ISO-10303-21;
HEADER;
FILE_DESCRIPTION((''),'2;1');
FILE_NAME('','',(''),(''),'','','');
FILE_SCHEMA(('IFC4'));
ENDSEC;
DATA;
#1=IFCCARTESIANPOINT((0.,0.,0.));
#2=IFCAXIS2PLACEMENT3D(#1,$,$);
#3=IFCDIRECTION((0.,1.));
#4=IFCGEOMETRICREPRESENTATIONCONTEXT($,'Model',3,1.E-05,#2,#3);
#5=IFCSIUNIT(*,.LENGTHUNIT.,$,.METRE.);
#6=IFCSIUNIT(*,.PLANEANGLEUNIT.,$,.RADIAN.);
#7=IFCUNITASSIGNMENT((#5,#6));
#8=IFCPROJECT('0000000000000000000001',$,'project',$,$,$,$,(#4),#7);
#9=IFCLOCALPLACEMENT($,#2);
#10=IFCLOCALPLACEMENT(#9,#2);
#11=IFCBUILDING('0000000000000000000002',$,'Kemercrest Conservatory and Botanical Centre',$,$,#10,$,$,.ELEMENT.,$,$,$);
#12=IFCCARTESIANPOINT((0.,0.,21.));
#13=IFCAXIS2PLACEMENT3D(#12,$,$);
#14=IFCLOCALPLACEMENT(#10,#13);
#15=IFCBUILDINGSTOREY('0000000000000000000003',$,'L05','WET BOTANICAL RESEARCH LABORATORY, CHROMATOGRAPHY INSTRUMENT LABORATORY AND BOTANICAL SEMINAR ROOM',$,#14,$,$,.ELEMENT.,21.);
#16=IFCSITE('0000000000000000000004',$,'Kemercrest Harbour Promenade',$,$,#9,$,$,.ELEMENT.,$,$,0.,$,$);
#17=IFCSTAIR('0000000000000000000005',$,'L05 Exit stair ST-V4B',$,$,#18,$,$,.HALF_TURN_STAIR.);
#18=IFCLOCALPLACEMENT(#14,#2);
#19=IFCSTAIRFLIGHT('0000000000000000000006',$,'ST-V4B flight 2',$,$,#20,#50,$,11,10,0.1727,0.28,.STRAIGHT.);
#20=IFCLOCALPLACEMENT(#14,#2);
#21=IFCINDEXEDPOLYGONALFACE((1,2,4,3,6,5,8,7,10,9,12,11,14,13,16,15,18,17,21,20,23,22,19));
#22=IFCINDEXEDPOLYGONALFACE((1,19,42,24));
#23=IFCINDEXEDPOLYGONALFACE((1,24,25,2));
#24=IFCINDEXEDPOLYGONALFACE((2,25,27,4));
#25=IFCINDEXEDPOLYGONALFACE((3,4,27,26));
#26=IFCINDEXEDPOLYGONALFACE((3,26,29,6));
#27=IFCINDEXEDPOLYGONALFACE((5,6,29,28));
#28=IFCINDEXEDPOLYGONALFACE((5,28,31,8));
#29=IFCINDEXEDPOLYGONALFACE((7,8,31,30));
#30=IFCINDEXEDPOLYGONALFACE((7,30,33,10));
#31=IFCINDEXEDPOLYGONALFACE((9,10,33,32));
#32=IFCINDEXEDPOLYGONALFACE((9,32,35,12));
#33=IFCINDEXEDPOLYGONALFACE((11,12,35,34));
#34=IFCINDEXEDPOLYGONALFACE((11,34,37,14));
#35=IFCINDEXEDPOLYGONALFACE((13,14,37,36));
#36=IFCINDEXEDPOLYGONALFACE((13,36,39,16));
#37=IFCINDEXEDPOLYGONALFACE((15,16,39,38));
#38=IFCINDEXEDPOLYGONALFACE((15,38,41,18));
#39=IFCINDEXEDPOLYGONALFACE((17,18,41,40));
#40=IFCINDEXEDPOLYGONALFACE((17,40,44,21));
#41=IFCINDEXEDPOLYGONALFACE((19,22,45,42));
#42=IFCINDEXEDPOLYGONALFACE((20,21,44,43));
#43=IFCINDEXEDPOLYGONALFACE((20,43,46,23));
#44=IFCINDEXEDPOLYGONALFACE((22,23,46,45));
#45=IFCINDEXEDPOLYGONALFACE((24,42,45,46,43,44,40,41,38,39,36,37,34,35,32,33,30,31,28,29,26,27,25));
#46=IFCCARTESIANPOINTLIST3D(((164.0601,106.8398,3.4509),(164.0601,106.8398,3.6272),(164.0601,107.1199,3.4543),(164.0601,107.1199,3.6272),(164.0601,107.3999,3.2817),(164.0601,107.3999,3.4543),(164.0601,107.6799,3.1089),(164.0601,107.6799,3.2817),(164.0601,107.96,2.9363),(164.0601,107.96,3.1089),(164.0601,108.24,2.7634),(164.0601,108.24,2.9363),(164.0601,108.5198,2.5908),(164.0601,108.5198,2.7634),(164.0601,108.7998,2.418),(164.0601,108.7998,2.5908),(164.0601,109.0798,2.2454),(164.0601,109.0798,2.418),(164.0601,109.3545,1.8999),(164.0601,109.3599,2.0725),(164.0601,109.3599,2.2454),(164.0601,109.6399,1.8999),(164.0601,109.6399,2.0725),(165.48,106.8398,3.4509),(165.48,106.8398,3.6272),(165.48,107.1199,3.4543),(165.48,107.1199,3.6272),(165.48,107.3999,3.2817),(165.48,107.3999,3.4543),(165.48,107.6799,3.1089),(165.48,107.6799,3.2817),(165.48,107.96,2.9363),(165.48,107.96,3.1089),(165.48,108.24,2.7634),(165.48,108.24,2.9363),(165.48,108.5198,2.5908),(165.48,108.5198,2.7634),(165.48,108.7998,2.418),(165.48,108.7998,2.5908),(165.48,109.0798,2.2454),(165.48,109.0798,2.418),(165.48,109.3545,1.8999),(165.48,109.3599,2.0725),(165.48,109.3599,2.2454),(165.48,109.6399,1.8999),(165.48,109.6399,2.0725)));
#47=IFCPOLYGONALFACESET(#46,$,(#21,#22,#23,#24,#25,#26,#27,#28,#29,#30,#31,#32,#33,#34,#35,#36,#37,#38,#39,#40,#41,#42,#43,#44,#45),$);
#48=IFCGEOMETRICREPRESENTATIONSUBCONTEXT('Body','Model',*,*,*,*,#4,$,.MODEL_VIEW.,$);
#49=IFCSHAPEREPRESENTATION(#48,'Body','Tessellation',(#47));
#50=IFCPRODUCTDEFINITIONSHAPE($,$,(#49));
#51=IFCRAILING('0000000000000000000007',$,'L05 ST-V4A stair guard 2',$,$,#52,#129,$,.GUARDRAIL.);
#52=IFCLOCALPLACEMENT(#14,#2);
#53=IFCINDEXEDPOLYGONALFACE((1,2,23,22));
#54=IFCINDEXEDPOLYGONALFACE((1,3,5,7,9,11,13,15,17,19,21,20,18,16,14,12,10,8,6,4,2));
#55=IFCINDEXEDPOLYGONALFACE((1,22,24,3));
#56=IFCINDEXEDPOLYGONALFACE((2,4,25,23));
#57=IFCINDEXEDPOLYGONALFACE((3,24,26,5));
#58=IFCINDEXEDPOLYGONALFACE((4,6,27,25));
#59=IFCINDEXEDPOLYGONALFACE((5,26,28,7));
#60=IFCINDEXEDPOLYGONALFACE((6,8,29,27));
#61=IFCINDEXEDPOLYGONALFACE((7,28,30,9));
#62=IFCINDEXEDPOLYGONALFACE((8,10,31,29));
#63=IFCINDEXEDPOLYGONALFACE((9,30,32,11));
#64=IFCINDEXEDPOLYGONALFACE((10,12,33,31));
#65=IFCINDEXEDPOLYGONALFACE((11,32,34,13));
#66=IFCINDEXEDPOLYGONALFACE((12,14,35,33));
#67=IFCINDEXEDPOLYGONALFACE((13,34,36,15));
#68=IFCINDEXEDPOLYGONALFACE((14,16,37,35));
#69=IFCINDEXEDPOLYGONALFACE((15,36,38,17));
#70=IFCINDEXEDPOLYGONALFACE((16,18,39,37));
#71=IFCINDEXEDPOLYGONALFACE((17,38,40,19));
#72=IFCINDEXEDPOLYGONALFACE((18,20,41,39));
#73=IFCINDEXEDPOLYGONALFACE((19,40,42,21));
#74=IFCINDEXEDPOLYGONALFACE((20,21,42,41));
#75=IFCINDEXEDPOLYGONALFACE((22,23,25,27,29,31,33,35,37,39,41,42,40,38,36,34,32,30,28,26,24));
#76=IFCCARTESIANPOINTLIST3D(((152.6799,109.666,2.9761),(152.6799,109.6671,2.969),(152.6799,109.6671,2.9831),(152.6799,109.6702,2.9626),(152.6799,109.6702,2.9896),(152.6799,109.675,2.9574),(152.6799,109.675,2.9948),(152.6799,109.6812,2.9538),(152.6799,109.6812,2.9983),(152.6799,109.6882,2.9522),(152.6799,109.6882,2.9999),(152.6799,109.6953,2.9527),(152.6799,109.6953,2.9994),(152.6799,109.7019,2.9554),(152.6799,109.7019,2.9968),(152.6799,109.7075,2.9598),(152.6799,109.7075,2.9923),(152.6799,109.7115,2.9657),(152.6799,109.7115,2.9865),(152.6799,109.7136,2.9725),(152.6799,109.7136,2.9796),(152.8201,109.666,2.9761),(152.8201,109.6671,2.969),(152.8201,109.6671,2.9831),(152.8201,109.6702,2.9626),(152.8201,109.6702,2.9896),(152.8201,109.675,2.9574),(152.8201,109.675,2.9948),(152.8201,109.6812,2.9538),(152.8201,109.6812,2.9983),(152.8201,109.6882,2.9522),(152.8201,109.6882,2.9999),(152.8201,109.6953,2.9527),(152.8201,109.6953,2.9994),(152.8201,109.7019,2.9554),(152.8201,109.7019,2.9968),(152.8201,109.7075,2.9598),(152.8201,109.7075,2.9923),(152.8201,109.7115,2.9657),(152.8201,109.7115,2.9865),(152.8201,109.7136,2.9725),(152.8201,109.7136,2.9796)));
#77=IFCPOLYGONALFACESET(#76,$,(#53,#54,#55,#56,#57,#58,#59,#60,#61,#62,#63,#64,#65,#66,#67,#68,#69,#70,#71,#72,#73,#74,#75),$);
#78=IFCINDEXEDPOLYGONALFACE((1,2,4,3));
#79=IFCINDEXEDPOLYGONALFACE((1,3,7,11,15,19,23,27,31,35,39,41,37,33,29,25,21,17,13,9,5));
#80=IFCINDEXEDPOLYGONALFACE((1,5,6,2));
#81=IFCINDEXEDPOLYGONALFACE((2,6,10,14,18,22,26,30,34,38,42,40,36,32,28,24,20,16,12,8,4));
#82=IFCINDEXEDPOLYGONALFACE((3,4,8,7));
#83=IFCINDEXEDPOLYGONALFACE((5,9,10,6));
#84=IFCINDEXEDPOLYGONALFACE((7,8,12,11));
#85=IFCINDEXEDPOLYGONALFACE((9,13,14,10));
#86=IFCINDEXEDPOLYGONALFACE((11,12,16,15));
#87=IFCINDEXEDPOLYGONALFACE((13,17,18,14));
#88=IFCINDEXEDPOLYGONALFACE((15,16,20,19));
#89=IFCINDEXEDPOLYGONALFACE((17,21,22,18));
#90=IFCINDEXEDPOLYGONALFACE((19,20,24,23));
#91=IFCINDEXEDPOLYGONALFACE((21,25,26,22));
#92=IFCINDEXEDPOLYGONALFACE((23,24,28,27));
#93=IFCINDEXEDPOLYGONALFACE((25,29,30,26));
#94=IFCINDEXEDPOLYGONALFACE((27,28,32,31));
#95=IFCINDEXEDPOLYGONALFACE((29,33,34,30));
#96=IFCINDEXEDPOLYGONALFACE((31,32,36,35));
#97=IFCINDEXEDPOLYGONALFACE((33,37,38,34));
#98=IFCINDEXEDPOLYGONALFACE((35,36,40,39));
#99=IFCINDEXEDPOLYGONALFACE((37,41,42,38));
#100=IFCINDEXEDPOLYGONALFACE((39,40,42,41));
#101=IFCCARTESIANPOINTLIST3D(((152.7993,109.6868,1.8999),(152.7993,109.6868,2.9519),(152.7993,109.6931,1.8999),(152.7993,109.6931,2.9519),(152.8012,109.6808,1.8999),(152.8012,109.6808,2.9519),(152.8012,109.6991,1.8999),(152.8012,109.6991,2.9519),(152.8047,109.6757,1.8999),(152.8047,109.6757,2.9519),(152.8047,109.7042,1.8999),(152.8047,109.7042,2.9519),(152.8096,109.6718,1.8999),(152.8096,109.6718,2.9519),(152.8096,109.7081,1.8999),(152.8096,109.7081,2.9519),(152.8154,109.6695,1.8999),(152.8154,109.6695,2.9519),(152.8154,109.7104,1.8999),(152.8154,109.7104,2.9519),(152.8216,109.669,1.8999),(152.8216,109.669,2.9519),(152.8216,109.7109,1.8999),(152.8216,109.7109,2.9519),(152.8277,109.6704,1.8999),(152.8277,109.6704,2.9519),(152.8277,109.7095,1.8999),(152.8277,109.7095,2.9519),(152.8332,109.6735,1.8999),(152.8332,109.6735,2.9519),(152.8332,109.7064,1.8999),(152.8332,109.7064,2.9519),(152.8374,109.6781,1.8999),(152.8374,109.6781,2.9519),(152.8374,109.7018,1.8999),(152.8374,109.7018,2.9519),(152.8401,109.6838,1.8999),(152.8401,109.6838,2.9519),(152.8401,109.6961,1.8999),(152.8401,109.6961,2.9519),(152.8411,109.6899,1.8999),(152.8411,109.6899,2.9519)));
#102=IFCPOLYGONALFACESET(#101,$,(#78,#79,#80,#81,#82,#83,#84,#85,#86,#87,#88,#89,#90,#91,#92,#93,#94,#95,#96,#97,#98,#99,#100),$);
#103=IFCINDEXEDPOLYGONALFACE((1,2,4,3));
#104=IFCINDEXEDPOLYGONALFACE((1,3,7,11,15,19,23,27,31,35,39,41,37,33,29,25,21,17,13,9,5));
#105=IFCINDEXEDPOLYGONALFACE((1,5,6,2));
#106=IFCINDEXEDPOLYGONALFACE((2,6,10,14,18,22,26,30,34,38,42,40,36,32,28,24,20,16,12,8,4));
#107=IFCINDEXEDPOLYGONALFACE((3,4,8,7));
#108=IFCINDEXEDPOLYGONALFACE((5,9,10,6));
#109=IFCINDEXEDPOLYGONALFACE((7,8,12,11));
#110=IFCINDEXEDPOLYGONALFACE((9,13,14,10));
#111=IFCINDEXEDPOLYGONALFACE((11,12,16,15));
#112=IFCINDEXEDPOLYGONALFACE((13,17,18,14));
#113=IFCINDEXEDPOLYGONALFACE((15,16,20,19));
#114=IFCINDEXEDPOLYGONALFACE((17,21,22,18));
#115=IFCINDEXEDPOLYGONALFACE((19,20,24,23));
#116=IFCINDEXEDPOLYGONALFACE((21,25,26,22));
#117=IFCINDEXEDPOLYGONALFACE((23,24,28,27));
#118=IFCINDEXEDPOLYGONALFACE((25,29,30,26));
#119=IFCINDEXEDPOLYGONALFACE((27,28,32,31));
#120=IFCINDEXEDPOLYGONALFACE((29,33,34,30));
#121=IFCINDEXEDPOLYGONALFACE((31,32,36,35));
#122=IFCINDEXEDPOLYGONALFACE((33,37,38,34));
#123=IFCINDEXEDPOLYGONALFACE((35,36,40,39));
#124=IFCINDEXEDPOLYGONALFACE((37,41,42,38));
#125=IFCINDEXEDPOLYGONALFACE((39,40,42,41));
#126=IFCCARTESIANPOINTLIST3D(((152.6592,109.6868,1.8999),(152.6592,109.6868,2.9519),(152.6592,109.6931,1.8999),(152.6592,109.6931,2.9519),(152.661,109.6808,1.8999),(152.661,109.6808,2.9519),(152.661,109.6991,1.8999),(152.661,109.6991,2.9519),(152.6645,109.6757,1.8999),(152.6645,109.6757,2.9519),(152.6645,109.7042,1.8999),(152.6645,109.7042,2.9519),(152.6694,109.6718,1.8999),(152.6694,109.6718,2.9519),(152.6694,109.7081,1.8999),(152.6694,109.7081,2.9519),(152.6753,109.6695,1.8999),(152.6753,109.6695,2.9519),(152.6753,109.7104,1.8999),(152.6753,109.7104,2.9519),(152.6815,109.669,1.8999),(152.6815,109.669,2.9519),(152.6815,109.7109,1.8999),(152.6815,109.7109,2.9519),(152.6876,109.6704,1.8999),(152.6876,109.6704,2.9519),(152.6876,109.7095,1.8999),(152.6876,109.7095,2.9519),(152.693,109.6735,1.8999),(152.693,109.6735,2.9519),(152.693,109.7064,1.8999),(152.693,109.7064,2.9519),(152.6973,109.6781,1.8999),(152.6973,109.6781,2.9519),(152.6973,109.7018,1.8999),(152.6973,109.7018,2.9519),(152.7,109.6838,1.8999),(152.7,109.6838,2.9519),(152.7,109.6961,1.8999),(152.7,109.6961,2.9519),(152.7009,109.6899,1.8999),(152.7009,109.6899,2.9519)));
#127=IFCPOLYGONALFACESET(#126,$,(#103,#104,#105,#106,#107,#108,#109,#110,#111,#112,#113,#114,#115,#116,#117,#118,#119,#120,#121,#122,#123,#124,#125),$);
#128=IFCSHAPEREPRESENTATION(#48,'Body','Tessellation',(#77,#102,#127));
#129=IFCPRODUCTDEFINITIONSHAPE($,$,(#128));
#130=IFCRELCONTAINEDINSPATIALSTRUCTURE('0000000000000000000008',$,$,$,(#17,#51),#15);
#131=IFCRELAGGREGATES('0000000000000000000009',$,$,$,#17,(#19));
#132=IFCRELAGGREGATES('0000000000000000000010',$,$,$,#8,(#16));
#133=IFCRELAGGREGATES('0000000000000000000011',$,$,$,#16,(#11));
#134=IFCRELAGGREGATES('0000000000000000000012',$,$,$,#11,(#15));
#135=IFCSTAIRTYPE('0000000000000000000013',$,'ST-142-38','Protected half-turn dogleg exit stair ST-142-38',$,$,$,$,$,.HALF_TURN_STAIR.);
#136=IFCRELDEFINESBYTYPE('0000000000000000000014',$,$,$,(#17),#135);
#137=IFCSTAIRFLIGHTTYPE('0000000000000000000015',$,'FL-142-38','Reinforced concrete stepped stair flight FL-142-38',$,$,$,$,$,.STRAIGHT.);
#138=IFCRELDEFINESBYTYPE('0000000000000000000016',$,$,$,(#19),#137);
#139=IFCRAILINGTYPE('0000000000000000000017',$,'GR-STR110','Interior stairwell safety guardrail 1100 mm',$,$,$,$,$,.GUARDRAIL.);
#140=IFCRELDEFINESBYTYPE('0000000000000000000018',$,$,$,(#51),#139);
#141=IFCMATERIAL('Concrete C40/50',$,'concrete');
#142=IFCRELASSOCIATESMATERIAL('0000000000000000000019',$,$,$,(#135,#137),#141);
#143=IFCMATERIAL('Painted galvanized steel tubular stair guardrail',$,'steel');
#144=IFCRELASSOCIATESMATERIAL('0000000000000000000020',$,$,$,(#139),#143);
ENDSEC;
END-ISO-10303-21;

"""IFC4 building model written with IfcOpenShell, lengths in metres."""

from ifc_helpers import new_model, si_unit, direction, frame, origin, origin_2d, place, context, subcontext, project, spatial, polyline, circle, outline, extrude, material, type_object, element, aggregate, save


model = new_model("IFC4")

# Units and contexts
model_context = context("Model", 3, precision=1e-05, world=origin(), true_north=direction((0.0, 1.0)))
body_context = subcontext(model_context, "Body", "Model", "MODEL_VIEW")
ifc_project = project(units=[si_unit("LENGTHUNIT", "METRE"), si_unit("PLANEANGLEUNIT", "RADIAN")], contexts=[model_context])

# Site, building, storey
site_placement = place(None, origin())
site = spatial("IfcSite", under=ifc_project, at=site_placement, Name="Kemercrest Harbour Promenade", CompositionType="ELEMENT", RefElevation=0.0)
building_placement = place(site_placement, origin())
building = spatial("IfcBuilding", under=site, at=building_placement, Name="Kemercrest Conservatory and Botanical Centre", CompositionType="ELEMENT")
storey_placement = place(building_placement, frame((0.0, 0.0, 21.0)))
storey = spatial("IfcBuildingStorey", under=building, at=storey_placement, Name="L05", Description="WET BOTANICAL RESEARCH LABORATORY, CHROMATOGRAPHY INSTRUMENT LABORATORY AND BOTANICAL SEMINAR ROOM", CompositionType="ELEMENT", Elevation=21.0)

# Shared definitions
ifc_material_1 = material(Name="Concrete C40/50", Category="concrete")

# Stair, stair flight
stair_type = type_object("IfcStairType", Name="ST-142-38", Description="Protected half-turn dogleg exit stair ST-142-38", PredefinedType="HALF_TURN_STAIR", material=ifc_material_1)
stair_placement = place(storey_placement, origin())
stair = element("IfcStair", 1, at=stair_placement, inside=storey, type_object=stair_type, Name="L05 Exit stair ST-V4B", PredefinedType="HALF_TURN_STAIR")
stair_flight_type = type_object("IfcStairFlightType", Name="FL-142-38", Description="Reinforced concrete stepped stair flight FL-142-38", PredefinedType="STRAIGHT", material=ifc_material_1)
stair_flight_placement = place(storey_placement, frame((164.77, 109.6399, 1.8999), z_axis=(0.0, 0.0, 1.0), x_axis=(0.0, -1.0, 0.0)))
stair_flight = element("IfcStairFlight", 2, at=stair_flight_placement, type_object=stair_flight_type, Name="ST-V4B flight 2", NumberOfRisers=11, NumberOfTreads=10, PredefinedType="STRAIGHT", RiserHeight=0.1727, TreadLength=0.28, context=body_context, shape_type="SweptSolid", body=[
    extrude(outline(polyline([(0.0, 0.0), (0.0, 0.1726), (0.28, 0.1726), (0.28, 0.3455), (0.5601, 0.3455), (0.5601, 0.5181), (0.8401, 0.5181), (0.8401, 0.6909), (1.1201, 0.6909), (1.1201, 0.8635), (1.3999, 0.8635), (1.3999, 1.0364), (1.6799, 1.0364), (1.6799, 1.209), (1.96, 1.209), (1.96, 1.3818), (2.24, 1.3818), (2.24, 1.5544), (2.52, 1.5544), (2.52, 1.7273), (2.8, 1.7273), (2.8, 1.8999), (2.8, 1.551), (0.2854, 0.0), (0.0, 0.0)])), frame((0.0, 0.71, 0.0), z_axis=(0.0, -1.0, 0.0), x_axis=(1.0, 0.0, 0.0)), (0.0, 0.0, 1.0), 1.4199),
])
aggregate(stair, [stair_flight])

# Railing
ifc_material_2 = material(Name="Painted galvanized steel tubular stair guardrail", Category="steel")
railing_type = type_object("IfcRailingType", Name="GR-STR110", Description="Interior stairwell safety guardrail 1100 mm", PredefinedType="GUARDRAIL", material=ifc_material_2)
railing_1_placement = place(storey_placement, frame((152.8201, 109.6899, 1.8999)))
element("IfcRailing", 3, at=railing_1_placement, inside=storey, type_object=railing_type, Name="L05 ST-V4A stair guard 2", PredefinedType="GUARDRAIL", context=body_context, shape_type="SweptSolid", body=[
    extrude(circle(Radius=0.0239, at=origin_2d()), frame((0.0, 0.0, 1.0762), z_axis=(-1.0, 0.0, 0.0), x_axis=(0.0, -1.0, 0.0)), (0.0, 0.0, 1.0), 0.1401),
    extrude(circle(Radius=0.021, at=origin_2d()), origin(), (0.0, 0.0, 1.0), 1.052),
    extrude(circle(Radius=0.021, at=origin_2d()), frame((-0.1401, 0.0, 0.0)), (0.0, 0.0, 1.0), 1.052),
])

save(model, "model.ifc")
